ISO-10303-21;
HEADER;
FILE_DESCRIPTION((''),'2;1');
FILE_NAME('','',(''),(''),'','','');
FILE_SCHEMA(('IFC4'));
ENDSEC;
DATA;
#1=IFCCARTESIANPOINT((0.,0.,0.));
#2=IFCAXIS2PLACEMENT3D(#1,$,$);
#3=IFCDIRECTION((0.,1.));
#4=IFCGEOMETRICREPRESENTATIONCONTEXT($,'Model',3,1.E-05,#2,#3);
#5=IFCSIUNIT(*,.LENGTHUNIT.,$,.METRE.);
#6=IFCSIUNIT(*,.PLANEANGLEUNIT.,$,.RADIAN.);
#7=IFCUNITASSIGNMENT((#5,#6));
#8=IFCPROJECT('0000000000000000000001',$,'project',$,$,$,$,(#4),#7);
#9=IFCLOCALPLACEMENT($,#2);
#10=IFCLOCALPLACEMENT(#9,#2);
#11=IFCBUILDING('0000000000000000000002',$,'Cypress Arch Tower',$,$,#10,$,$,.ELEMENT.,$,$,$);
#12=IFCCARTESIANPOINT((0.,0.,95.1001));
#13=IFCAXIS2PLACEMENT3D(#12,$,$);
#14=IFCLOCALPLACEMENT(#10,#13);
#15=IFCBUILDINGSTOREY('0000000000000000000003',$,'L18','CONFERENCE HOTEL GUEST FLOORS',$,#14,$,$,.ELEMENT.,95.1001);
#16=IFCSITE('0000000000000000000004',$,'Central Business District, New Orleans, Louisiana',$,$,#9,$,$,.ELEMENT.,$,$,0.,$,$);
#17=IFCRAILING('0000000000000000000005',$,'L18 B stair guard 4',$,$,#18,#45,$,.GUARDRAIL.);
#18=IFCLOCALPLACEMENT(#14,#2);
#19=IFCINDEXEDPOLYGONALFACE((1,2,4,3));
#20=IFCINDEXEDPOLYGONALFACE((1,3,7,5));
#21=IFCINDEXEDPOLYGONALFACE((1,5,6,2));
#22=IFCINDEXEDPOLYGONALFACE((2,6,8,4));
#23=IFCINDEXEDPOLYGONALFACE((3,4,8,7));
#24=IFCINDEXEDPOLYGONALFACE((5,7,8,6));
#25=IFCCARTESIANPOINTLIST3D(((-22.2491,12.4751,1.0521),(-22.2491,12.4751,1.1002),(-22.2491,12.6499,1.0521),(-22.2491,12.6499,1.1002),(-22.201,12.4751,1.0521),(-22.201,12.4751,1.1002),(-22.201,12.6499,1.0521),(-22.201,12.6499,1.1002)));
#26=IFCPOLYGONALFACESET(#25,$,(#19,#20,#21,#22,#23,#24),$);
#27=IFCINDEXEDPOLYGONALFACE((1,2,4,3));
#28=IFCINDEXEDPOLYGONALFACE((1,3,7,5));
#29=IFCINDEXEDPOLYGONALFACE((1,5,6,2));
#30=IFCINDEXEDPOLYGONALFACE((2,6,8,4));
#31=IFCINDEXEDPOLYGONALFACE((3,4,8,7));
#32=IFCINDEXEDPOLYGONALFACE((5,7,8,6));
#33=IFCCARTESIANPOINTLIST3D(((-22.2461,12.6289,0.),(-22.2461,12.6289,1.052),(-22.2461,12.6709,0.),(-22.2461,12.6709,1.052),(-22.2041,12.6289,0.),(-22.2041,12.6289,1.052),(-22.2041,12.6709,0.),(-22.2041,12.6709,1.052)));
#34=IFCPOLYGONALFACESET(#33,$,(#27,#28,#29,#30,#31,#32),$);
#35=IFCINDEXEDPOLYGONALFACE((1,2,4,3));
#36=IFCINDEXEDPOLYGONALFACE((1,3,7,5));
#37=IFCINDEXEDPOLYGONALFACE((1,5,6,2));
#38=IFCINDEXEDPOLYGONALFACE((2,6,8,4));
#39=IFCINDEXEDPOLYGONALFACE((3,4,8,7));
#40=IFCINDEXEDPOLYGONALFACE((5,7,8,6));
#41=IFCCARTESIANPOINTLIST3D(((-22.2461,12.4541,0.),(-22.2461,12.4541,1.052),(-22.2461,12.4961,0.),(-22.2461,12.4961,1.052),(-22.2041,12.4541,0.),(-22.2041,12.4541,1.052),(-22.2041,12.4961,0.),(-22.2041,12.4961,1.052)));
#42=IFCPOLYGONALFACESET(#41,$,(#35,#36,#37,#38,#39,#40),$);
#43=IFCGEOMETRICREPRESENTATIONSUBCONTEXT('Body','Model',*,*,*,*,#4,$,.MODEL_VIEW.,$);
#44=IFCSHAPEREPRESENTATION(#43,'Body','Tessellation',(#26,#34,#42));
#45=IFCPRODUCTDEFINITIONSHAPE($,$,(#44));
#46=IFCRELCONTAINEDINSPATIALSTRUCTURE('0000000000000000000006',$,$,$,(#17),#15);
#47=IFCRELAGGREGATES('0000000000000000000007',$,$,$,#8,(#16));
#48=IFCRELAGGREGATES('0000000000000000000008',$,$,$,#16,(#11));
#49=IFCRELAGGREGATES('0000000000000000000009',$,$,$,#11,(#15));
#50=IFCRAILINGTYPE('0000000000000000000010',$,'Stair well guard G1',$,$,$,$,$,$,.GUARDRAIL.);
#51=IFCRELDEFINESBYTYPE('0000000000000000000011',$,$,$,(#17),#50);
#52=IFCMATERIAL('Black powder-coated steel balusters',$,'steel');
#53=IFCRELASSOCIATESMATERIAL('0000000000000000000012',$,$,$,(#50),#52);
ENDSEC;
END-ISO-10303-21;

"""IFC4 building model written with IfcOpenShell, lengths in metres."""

from ifc_helpers import new_model, si_unit, direction, frame, origin, origin_2d, place, context, subcontext, project, spatial, rectangle, extrude, material, type_object, element, save


model = new_model("IFC4")

# Units and contexts
model_context = context("Model", 3, precision=1e-05, world=origin(), true_north=direction((0.0, 1.0)))
body_context = subcontext(model_context, "Body", "Model", "MODEL_VIEW")
ifc_project = project(units=[si_unit("LENGTHUNIT", "METRE"), si_unit("PLANEANGLEUNIT", "RADIAN")], contexts=[model_context])

# Site, building, storey
site_placement = place(None, origin())
site = spatial("IfcSite", under=ifc_project, at=site_placement, Name="Central Business District, New Orleans, Louisiana", CompositionType="ELEMENT", RefElevation=0.0)
building_placement = place(site_placement, origin())
building = spatial("IfcBuilding", under=site, at=building_placement, Name="Cypress Arch Tower", CompositionType="ELEMENT")
storey_placement = place(building_placement, frame((0.0, 0.0, 95.1001)))
storey = spatial("IfcBuildingStorey", under=building, at=storey_placement, Name="L18", Description="CONFERENCE HOTEL GUEST FLOORS", CompositionType="ELEMENT", Elevation=95.1001)

# Railing
ifc_material_1 = material(Name="Black powder-coated steel balusters", Category="steel")
railing_type_1 = type_object("IfcRailingType", Name="Stair well guard G1", PredefinedType="GUARDRAIL", material=ifc_material_1)
railing_1_placement = place(storey_placement, frame((-22.2251, 12.6499, 0.0)))
element("IfcRailing", 1, at=railing_1_placement, inside=storey, type_object=railing_type_1, Name="L18 B stair guard 4", PredefinedType="GUARDRAIL", context=body_context, shape_type="SweptSolid", body=[
    extrude(rectangle(XDim=0.0481, YDim=0.0481, at=origin_2d()), frame((0.0, 0.0, 1.0762), z_axis=(0.0, -1.0, 0.0), x_axis=(1.0, 0.0, 0.0)), (0.0, 0.0, 1.0), 0.1748),
    extrude(rectangle(XDim=0.042, YDim=0.042, at=origin_2d()), origin(), (0.0, 0.0, 1.0), 1.052),
    extrude(rectangle(XDim=0.042, YDim=0.042, at=origin_2d()), frame((0.0, -0.1748, 0.0)), (0.0, 0.0, 1.0), 1.052),
])

save(model, "model.ifc")
